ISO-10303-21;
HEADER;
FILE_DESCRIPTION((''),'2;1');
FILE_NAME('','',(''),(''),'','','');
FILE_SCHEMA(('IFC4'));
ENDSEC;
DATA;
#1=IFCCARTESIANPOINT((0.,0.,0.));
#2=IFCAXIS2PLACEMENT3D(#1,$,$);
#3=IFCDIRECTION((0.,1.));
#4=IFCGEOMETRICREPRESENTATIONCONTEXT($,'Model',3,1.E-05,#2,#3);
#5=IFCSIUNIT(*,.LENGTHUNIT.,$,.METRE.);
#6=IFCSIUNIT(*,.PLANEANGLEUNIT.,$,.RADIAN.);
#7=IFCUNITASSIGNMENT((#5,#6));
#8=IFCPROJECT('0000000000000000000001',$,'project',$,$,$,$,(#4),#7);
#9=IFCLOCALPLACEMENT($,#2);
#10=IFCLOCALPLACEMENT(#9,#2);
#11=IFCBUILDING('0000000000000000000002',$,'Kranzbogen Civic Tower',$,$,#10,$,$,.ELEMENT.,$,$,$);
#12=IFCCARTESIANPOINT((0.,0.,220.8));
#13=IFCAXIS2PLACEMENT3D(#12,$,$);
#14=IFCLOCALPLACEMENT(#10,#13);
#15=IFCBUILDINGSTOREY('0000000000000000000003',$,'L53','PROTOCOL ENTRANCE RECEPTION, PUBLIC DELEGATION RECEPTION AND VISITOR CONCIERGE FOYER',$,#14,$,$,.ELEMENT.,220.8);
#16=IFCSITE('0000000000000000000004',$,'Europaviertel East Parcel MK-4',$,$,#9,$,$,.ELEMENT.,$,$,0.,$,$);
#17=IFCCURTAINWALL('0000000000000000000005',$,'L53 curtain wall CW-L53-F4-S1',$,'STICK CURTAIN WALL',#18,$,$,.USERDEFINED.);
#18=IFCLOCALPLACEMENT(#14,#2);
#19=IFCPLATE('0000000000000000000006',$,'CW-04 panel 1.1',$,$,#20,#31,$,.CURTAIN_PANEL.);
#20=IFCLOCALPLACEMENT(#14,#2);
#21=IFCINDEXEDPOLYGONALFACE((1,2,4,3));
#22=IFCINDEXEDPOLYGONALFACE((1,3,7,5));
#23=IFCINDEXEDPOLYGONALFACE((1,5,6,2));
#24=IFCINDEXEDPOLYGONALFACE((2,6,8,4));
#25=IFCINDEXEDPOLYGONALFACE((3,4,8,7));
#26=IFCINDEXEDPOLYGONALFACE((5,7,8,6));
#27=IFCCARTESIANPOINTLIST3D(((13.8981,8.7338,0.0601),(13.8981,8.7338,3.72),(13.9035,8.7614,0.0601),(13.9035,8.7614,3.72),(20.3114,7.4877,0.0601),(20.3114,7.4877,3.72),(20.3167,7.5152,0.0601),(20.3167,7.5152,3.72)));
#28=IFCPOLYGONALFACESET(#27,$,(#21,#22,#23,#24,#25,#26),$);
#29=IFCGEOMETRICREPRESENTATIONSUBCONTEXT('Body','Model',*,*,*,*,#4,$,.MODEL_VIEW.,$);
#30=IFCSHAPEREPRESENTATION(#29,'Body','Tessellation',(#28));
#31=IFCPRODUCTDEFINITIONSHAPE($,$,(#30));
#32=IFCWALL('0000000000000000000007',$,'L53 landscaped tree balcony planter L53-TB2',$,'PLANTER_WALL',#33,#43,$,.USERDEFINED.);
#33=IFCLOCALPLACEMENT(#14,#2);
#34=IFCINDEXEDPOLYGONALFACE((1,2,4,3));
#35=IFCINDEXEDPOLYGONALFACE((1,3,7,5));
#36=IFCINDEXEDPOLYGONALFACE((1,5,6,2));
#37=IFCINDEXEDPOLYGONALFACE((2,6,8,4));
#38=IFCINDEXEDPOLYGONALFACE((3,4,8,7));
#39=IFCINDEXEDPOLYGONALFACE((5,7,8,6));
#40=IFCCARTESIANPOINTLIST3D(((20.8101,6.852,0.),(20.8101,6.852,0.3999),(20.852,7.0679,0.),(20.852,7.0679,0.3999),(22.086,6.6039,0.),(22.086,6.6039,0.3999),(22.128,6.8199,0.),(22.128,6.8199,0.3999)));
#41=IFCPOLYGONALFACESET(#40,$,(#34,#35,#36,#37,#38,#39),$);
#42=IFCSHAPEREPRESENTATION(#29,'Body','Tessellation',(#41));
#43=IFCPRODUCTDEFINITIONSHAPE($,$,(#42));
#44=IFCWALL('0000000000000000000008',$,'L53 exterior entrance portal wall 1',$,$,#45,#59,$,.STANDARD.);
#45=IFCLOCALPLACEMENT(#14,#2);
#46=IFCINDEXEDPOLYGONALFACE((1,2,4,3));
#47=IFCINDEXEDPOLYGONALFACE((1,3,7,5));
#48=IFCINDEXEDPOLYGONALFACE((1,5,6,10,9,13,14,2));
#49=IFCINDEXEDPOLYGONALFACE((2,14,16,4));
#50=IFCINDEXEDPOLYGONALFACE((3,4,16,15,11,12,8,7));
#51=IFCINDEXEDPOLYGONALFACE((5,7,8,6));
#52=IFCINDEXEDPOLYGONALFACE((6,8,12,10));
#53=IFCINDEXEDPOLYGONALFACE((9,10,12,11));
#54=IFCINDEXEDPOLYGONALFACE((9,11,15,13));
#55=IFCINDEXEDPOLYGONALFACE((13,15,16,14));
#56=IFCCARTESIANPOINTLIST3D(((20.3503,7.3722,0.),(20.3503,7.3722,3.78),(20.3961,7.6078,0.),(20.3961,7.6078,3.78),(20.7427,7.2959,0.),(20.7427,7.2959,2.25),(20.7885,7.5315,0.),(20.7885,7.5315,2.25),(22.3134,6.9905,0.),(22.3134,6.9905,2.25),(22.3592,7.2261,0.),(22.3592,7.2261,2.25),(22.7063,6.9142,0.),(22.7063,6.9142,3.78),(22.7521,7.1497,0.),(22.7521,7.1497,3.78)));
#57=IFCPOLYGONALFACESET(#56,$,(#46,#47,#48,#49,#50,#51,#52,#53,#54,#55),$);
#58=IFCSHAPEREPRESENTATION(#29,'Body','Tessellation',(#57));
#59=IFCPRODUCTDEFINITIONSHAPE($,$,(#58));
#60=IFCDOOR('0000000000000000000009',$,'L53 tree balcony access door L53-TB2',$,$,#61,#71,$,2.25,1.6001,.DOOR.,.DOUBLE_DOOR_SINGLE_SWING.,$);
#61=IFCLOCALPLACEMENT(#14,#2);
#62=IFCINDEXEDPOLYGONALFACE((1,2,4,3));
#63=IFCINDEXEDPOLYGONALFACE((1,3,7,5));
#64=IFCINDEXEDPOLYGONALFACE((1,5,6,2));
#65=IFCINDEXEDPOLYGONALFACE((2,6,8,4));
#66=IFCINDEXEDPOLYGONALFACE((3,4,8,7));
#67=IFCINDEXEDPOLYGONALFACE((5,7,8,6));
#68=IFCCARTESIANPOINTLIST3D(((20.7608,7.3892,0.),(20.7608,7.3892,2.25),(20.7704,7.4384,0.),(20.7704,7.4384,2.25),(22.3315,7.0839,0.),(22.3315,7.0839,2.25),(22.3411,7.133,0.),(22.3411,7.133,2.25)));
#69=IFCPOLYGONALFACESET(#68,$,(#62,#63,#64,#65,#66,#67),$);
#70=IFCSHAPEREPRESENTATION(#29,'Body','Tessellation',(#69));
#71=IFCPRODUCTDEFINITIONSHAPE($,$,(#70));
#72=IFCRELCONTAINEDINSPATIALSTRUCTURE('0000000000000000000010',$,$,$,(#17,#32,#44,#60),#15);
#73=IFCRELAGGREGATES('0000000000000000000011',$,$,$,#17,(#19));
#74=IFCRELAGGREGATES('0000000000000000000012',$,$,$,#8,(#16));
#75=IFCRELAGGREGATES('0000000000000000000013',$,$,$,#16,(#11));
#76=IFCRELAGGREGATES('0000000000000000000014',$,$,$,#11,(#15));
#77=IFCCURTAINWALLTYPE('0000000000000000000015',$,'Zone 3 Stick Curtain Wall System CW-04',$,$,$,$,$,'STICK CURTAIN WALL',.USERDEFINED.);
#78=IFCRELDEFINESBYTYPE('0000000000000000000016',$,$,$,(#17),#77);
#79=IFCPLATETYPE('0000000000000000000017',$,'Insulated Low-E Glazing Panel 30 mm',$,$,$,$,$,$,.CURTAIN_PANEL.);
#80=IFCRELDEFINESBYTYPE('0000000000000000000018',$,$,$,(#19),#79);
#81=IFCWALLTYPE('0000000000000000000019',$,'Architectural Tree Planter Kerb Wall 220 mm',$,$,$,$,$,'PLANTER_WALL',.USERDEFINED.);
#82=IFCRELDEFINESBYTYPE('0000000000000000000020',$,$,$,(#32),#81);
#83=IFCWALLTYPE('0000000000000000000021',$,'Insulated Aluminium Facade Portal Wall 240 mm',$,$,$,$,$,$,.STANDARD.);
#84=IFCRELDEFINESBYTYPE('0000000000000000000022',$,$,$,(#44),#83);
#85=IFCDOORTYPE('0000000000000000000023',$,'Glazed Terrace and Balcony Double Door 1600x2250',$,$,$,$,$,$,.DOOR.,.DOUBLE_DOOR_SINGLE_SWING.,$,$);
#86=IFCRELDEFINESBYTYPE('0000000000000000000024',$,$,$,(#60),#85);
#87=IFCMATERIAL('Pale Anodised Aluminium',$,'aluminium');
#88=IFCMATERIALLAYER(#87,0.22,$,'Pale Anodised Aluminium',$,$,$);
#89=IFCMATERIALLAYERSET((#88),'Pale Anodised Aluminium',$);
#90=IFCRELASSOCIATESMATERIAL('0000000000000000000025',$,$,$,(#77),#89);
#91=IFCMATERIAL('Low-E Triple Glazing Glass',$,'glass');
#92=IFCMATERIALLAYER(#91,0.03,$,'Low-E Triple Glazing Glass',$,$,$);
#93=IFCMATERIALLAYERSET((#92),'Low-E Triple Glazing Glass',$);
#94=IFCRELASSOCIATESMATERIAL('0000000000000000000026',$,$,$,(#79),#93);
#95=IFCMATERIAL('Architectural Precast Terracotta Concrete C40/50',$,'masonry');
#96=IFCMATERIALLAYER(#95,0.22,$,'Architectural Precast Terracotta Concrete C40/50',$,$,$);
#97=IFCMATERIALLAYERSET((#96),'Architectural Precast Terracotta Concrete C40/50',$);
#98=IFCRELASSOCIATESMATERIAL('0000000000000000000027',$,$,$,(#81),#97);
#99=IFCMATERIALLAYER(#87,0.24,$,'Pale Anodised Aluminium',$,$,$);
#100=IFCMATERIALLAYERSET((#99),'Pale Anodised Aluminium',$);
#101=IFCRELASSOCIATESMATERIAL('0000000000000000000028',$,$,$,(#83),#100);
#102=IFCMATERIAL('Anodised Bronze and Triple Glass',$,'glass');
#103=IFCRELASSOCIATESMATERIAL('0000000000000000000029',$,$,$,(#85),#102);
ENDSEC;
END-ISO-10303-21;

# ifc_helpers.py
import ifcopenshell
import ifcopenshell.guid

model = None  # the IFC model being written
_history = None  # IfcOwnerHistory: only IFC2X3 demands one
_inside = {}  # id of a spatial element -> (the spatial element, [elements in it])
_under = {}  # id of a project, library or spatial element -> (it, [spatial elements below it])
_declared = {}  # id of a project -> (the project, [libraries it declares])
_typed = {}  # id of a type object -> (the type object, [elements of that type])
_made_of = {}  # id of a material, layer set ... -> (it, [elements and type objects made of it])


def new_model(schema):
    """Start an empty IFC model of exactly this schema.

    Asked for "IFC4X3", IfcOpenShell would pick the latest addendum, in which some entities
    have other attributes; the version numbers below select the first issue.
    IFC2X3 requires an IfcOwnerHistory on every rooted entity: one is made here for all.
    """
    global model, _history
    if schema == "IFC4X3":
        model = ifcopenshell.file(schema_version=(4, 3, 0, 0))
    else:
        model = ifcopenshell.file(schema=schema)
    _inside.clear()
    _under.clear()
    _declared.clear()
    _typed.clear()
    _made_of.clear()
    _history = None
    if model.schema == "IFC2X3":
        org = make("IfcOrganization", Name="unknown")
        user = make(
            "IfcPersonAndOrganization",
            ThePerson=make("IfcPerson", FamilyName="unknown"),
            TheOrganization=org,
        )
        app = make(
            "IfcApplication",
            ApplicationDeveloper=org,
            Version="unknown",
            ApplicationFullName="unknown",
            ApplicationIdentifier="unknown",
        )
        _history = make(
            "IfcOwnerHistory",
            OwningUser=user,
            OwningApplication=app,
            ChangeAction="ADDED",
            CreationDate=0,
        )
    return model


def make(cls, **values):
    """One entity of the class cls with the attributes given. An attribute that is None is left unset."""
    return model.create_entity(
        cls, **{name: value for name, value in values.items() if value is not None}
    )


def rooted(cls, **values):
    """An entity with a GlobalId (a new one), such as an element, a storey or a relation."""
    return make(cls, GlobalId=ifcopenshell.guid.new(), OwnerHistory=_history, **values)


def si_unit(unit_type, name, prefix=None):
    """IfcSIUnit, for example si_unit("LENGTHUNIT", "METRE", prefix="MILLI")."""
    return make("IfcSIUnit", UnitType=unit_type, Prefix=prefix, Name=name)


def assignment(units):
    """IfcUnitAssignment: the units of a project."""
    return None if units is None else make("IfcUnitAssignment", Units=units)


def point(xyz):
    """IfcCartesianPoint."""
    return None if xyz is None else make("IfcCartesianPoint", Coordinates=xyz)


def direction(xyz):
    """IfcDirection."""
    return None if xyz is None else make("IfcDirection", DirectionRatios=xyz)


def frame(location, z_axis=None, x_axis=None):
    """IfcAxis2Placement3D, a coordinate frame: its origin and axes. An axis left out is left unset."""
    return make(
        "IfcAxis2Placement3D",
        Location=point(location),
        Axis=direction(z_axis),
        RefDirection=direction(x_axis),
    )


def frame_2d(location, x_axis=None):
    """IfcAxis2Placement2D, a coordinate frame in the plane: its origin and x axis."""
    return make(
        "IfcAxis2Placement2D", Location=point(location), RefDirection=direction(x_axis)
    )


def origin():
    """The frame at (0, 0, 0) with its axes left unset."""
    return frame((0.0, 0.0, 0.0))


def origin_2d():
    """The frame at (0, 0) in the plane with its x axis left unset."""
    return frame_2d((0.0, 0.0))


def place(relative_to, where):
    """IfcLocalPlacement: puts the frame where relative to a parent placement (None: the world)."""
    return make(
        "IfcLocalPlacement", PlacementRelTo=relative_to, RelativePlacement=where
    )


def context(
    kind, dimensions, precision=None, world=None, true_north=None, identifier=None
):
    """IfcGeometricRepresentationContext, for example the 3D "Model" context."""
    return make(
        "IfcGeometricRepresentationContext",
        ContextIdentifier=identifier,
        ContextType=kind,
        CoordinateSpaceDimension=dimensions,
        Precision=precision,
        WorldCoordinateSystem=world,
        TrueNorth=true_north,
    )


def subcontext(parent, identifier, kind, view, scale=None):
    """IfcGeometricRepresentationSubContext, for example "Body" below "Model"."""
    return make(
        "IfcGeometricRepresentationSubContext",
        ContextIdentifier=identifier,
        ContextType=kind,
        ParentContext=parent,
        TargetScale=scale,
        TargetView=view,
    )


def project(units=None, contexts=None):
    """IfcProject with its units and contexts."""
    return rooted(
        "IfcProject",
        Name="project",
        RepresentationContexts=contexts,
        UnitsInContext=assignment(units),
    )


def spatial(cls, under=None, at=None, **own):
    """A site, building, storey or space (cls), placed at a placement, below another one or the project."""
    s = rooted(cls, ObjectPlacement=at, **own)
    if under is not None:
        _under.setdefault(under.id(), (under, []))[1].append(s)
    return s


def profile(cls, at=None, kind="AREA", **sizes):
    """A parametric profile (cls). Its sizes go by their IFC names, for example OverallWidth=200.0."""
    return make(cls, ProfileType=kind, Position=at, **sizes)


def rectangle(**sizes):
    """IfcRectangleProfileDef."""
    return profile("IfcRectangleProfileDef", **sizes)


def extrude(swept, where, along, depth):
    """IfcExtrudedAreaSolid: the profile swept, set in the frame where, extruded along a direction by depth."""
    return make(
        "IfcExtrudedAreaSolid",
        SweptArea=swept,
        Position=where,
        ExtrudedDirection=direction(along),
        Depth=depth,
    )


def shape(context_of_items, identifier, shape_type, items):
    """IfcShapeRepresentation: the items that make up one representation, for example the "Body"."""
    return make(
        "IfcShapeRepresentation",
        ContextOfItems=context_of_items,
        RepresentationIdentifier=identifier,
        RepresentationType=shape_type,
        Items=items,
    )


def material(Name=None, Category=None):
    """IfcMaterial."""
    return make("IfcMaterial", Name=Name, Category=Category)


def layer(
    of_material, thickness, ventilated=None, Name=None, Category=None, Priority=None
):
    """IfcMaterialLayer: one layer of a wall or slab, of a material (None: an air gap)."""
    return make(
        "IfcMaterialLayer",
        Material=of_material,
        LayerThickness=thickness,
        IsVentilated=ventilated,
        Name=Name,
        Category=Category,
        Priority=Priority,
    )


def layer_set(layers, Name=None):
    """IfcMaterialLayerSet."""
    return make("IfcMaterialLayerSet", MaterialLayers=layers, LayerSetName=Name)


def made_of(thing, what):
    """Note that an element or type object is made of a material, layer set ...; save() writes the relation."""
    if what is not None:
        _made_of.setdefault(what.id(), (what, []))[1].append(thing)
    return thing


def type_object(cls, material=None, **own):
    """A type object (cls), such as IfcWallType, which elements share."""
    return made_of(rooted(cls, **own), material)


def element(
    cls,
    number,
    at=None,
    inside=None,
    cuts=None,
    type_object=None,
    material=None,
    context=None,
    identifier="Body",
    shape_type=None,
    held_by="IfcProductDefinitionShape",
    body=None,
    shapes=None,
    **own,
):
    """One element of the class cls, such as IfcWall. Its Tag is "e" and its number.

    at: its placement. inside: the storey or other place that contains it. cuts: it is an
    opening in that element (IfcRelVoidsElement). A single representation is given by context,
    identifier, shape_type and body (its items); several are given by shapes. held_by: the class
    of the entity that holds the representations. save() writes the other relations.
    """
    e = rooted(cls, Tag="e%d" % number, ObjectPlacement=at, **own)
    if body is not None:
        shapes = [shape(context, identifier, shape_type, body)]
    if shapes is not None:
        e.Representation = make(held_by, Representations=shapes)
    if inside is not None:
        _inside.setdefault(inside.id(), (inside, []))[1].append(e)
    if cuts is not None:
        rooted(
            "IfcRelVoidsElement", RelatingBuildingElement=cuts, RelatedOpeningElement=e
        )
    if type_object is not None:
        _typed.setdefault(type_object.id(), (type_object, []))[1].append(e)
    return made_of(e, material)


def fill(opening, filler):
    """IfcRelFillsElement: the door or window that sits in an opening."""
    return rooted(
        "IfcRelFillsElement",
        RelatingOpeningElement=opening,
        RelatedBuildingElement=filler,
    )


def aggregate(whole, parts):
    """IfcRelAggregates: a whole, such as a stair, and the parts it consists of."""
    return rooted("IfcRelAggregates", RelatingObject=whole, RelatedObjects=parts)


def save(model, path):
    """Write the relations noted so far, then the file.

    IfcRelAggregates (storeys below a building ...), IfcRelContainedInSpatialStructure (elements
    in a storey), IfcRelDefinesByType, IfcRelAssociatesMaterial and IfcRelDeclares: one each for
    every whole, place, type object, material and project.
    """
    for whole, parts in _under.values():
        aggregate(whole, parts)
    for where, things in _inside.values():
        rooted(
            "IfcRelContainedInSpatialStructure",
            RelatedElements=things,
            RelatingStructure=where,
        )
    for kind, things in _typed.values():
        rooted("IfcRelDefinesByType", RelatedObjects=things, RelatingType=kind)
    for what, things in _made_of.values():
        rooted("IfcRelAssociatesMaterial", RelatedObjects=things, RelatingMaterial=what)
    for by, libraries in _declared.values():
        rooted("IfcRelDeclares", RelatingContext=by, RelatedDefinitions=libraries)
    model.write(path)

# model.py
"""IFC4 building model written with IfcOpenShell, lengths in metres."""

from ifc_helpers import new_model, si_unit, direction, frame, frame_2d, origin, origin_2d, place, context, subcontext, project, spatial, rectangle, extrude, material, layer, layer_set, type_object, element, fill, aggregate, save


model = new_model("IFC4")

# Units and contexts
model_context = context("Model", 3, precision=1e-05, world=origin(), true_north=direction((0.0, 1.0)))
body_context = subcontext(model_context, "Body", "Model", "MODEL_VIEW")
ifc_project = project(units=[si_unit("LENGTHUNIT", "METRE"), si_unit("PLANEANGLEUNIT", "RADIAN")], contexts=[model_context])

# Site, building, storey
site_placement = place(None, origin())
site = spatial("IfcSite", under=ifc_project, at=site_placement, Name="Europaviertel East Parcel MK-4", CompositionType="ELEMENT", RefElevation=0.0)
building_placement = place(site_placement, origin())
building = spatial("IfcBuilding", under=site, at=building_placement, Name="Kranzbogen Civic Tower", CompositionType="ELEMENT")
storey_placement = place(building_placement, frame((0.0, 0.0, 220.8)))
storey = spatial("IfcBuildingStorey", under=building, at=storey_placement, Name="L53", Description="PROTOCOL ENTRANCE RECEPTION, PUBLIC DELEGATION RECEPTION AND VISITOR CONCIERGE FOYER", CompositionType="ELEMENT", Elevation=220.8)

# Curtain wall
ifc_material_1 = material(Name="Pale Anodised Aluminium", Category="aluminium")
ifc_layer_1 = layer(ifc_material_1, 0.22, Name="Pale Anodised Aluminium")
ifc_layer_set_1 = layer_set([ifc_layer_1], Name="Pale Anodised Aluminium")
curtain_wall_type = type_object("IfcCurtainWallType", Name="Zone 3 Stick Curtain Wall System CW-04", ElementType="STICK CURTAIN WALL", PredefinedType="USERDEFINED", material=ifc_layer_set_1)
curtain_wall_1_placement = place(storey_placement, origin())
curtain_wall_1 = element("IfcCurtainWall", 1, at=curtain_wall_1_placement, inside=storey, type_object=curtain_wall_type, Name="L53 curtain wall CW-L53-F4-S1", ObjectType="STICK CURTAIN WALL", PredefinedType="USERDEFINED")

# Plate
ifc_material_2 = material(Name="Low-E Triple Glazing Glass", Category="glass")
ifc_layer_2 = layer(ifc_material_2, 0.03, Name="Low-E Triple Glazing Glass")
ifc_layer_set_2 = layer_set([ifc_layer_2], Name="Low-E Triple Glazing Glass")
plate_type = type_object("IfcPlateType", Name="Insulated Low-E Glazing Panel 30 mm", PredefinedType="CURTAIN_PANEL", material=ifc_layer_set_2)
plate_placement = place(storey_placement, frame((17.1074, 8.1245, 0.0601), z_axis=(0.0, 0.0, 1.0), x_axis=(0.981641, -0.190737, 0.0)))
plate = element("IfcPlate", 2, at=plate_placement, type_object=plate_type, Name="CW-04 panel 1.1", PredefinedType="CURTAIN_PANEL", context=body_context, shape_type="SweptSolid", body=[
    extrude(rectangle(XDim=6.5332, YDim=0.0281, at=origin_2d()), origin(), (0.0, 0.0, 1.0), 3.6599),
])
aggregate(curtain_wall_1, [plate])

# Wall
ifc_material_3 = material(Name="Architectural Precast Terracotta Concrete C40/50", Category="masonry")
ifc_layer_3 = layer(ifc_material_3, 0.22, Name="Architectural Precast Terracotta Concrete C40/50")
ifc_layer_set_3 = layer_set([ifc_layer_3], Name="Architectural Precast Terracotta Concrete C40/50")
wall_type_1 = type_object("IfcWallType", Name="Architectural Tree Planter Kerb Wall 220 mm", ElementType="PLANTER_WALL", PredefinedType="USERDEFINED", material=ifc_layer_set_3)
wall_1_placement = place(storey_placement, frame((20.8311, 6.96, 0.0), z_axis=(0.0, 0.0, 1.0), x_axis=(0.981621, -0.190839, 0.0)))
element("IfcWall", 3, at=wall_1_placement, inside=storey, type_object=wall_type_1, Name="L53 landscaped tree balcony planter L53-TB2", ObjectType="PLANTER_WALL", PredefinedType="USERDEFINED", context=body_context, shape_type="SweptSolid", body=[
    extrude(rectangle(XDim=1.2998, YDim=0.22, at=frame_2d((0.6499, 0.0))), origin(), (0.0, 0.0, 1.0), 0.3999),
])

# Wall, opening, door
ifc_layer_4 = layer(ifc_material_1, 0.24, Name="Pale Anodised Aluminium")
ifc_layer_set_4 = layer_set([ifc_layer_4], Name="Pale Anodised Aluminium")
wall_type_2 = type_object("IfcWallType", Name="Insulated Aluminium Facade Portal Wall 240 mm", PredefinedType="STANDARD", material=ifc_layer_set_4)
wall_2_placement = place(storey_placement, frame((20.373, 7.49, 0.0), z_axis=(0.0, 0.0, 1.0), x_axis=(0.981623, -0.190832, 0.0)))
wall_2 = element("IfcWall", 4, at=wall_2_placement, inside=storey, type_object=wall_type_2, Name="L53 exterior entrance portal wall 1", PredefinedType="STANDARD", context=body_context, shape_type="SweptSolid", body=[
    extrude(rectangle(XDim=2.4001, YDim=0.24, at=frame_2d((1.2002, 0.0))), origin(), (0.0, 0.0, 1.0), 3.78),
])
opening_placement = place(wall_2_placement, frame((0.3999, 0.0, 0.0)))
opening = element("IfcOpeningElement", 5, at=opening_placement, cuts=wall_2, PredefinedType="OPENING", context=body_context, shape_type="SweptSolid", body=[
    extrude(rectangle(XDim=1.6001, YDim=2.25, at=frame_2d((0.8, 1.125))), frame((0.0, 0.1299, 0.0), z_axis=(0.0, -1.0, 0.0), x_axis=(1.0, 0.0, 0.0)), (0.0, 0.0, 1.0), 0.26),
])
ifc_material_4 = material(Name="Anodised Bronze and Triple Glass", Category="glass")
door_type = type_object("IfcDoorType", Name="Glazed Terrace and Balcony Double Door 1600x2250", OperationType="DOUBLE_DOOR_SINGLE_SWING", PredefinedType="DOOR", material=ifc_material_4)
door_placement = place(opening_placement, frame((1.6001, 0.0, 0.0), z_axis=(0.0, 0.0, 1.0), x_axis=(-1.0, 0.0, 0.0)))
door = element("IfcDoor", 6, at=door_placement, inside=storey, type_object=door_type, Name="L53 tree balcony access door L53-TB2", OperationType="DOUBLE_DOOR_SINGLE_SWING", OverallHeight=2.25, OverallWidth=1.6001, PredefinedType="DOOR", context=body_context, shape_type="SweptSolid", body=[
    extrude(rectangle(XDim=1.6001, YDim=2.25, at=frame_2d((0.8, 1.125))), frame((0.0, 0.0249, 0.0), z_axis=(0.0, -1.0, 0.0), x_axis=(1.0, 0.0, 0.0)), (0.0, 0.0, 1.0), 0.05),
])
fill(opening, door)

save(model, "model.ifc")
